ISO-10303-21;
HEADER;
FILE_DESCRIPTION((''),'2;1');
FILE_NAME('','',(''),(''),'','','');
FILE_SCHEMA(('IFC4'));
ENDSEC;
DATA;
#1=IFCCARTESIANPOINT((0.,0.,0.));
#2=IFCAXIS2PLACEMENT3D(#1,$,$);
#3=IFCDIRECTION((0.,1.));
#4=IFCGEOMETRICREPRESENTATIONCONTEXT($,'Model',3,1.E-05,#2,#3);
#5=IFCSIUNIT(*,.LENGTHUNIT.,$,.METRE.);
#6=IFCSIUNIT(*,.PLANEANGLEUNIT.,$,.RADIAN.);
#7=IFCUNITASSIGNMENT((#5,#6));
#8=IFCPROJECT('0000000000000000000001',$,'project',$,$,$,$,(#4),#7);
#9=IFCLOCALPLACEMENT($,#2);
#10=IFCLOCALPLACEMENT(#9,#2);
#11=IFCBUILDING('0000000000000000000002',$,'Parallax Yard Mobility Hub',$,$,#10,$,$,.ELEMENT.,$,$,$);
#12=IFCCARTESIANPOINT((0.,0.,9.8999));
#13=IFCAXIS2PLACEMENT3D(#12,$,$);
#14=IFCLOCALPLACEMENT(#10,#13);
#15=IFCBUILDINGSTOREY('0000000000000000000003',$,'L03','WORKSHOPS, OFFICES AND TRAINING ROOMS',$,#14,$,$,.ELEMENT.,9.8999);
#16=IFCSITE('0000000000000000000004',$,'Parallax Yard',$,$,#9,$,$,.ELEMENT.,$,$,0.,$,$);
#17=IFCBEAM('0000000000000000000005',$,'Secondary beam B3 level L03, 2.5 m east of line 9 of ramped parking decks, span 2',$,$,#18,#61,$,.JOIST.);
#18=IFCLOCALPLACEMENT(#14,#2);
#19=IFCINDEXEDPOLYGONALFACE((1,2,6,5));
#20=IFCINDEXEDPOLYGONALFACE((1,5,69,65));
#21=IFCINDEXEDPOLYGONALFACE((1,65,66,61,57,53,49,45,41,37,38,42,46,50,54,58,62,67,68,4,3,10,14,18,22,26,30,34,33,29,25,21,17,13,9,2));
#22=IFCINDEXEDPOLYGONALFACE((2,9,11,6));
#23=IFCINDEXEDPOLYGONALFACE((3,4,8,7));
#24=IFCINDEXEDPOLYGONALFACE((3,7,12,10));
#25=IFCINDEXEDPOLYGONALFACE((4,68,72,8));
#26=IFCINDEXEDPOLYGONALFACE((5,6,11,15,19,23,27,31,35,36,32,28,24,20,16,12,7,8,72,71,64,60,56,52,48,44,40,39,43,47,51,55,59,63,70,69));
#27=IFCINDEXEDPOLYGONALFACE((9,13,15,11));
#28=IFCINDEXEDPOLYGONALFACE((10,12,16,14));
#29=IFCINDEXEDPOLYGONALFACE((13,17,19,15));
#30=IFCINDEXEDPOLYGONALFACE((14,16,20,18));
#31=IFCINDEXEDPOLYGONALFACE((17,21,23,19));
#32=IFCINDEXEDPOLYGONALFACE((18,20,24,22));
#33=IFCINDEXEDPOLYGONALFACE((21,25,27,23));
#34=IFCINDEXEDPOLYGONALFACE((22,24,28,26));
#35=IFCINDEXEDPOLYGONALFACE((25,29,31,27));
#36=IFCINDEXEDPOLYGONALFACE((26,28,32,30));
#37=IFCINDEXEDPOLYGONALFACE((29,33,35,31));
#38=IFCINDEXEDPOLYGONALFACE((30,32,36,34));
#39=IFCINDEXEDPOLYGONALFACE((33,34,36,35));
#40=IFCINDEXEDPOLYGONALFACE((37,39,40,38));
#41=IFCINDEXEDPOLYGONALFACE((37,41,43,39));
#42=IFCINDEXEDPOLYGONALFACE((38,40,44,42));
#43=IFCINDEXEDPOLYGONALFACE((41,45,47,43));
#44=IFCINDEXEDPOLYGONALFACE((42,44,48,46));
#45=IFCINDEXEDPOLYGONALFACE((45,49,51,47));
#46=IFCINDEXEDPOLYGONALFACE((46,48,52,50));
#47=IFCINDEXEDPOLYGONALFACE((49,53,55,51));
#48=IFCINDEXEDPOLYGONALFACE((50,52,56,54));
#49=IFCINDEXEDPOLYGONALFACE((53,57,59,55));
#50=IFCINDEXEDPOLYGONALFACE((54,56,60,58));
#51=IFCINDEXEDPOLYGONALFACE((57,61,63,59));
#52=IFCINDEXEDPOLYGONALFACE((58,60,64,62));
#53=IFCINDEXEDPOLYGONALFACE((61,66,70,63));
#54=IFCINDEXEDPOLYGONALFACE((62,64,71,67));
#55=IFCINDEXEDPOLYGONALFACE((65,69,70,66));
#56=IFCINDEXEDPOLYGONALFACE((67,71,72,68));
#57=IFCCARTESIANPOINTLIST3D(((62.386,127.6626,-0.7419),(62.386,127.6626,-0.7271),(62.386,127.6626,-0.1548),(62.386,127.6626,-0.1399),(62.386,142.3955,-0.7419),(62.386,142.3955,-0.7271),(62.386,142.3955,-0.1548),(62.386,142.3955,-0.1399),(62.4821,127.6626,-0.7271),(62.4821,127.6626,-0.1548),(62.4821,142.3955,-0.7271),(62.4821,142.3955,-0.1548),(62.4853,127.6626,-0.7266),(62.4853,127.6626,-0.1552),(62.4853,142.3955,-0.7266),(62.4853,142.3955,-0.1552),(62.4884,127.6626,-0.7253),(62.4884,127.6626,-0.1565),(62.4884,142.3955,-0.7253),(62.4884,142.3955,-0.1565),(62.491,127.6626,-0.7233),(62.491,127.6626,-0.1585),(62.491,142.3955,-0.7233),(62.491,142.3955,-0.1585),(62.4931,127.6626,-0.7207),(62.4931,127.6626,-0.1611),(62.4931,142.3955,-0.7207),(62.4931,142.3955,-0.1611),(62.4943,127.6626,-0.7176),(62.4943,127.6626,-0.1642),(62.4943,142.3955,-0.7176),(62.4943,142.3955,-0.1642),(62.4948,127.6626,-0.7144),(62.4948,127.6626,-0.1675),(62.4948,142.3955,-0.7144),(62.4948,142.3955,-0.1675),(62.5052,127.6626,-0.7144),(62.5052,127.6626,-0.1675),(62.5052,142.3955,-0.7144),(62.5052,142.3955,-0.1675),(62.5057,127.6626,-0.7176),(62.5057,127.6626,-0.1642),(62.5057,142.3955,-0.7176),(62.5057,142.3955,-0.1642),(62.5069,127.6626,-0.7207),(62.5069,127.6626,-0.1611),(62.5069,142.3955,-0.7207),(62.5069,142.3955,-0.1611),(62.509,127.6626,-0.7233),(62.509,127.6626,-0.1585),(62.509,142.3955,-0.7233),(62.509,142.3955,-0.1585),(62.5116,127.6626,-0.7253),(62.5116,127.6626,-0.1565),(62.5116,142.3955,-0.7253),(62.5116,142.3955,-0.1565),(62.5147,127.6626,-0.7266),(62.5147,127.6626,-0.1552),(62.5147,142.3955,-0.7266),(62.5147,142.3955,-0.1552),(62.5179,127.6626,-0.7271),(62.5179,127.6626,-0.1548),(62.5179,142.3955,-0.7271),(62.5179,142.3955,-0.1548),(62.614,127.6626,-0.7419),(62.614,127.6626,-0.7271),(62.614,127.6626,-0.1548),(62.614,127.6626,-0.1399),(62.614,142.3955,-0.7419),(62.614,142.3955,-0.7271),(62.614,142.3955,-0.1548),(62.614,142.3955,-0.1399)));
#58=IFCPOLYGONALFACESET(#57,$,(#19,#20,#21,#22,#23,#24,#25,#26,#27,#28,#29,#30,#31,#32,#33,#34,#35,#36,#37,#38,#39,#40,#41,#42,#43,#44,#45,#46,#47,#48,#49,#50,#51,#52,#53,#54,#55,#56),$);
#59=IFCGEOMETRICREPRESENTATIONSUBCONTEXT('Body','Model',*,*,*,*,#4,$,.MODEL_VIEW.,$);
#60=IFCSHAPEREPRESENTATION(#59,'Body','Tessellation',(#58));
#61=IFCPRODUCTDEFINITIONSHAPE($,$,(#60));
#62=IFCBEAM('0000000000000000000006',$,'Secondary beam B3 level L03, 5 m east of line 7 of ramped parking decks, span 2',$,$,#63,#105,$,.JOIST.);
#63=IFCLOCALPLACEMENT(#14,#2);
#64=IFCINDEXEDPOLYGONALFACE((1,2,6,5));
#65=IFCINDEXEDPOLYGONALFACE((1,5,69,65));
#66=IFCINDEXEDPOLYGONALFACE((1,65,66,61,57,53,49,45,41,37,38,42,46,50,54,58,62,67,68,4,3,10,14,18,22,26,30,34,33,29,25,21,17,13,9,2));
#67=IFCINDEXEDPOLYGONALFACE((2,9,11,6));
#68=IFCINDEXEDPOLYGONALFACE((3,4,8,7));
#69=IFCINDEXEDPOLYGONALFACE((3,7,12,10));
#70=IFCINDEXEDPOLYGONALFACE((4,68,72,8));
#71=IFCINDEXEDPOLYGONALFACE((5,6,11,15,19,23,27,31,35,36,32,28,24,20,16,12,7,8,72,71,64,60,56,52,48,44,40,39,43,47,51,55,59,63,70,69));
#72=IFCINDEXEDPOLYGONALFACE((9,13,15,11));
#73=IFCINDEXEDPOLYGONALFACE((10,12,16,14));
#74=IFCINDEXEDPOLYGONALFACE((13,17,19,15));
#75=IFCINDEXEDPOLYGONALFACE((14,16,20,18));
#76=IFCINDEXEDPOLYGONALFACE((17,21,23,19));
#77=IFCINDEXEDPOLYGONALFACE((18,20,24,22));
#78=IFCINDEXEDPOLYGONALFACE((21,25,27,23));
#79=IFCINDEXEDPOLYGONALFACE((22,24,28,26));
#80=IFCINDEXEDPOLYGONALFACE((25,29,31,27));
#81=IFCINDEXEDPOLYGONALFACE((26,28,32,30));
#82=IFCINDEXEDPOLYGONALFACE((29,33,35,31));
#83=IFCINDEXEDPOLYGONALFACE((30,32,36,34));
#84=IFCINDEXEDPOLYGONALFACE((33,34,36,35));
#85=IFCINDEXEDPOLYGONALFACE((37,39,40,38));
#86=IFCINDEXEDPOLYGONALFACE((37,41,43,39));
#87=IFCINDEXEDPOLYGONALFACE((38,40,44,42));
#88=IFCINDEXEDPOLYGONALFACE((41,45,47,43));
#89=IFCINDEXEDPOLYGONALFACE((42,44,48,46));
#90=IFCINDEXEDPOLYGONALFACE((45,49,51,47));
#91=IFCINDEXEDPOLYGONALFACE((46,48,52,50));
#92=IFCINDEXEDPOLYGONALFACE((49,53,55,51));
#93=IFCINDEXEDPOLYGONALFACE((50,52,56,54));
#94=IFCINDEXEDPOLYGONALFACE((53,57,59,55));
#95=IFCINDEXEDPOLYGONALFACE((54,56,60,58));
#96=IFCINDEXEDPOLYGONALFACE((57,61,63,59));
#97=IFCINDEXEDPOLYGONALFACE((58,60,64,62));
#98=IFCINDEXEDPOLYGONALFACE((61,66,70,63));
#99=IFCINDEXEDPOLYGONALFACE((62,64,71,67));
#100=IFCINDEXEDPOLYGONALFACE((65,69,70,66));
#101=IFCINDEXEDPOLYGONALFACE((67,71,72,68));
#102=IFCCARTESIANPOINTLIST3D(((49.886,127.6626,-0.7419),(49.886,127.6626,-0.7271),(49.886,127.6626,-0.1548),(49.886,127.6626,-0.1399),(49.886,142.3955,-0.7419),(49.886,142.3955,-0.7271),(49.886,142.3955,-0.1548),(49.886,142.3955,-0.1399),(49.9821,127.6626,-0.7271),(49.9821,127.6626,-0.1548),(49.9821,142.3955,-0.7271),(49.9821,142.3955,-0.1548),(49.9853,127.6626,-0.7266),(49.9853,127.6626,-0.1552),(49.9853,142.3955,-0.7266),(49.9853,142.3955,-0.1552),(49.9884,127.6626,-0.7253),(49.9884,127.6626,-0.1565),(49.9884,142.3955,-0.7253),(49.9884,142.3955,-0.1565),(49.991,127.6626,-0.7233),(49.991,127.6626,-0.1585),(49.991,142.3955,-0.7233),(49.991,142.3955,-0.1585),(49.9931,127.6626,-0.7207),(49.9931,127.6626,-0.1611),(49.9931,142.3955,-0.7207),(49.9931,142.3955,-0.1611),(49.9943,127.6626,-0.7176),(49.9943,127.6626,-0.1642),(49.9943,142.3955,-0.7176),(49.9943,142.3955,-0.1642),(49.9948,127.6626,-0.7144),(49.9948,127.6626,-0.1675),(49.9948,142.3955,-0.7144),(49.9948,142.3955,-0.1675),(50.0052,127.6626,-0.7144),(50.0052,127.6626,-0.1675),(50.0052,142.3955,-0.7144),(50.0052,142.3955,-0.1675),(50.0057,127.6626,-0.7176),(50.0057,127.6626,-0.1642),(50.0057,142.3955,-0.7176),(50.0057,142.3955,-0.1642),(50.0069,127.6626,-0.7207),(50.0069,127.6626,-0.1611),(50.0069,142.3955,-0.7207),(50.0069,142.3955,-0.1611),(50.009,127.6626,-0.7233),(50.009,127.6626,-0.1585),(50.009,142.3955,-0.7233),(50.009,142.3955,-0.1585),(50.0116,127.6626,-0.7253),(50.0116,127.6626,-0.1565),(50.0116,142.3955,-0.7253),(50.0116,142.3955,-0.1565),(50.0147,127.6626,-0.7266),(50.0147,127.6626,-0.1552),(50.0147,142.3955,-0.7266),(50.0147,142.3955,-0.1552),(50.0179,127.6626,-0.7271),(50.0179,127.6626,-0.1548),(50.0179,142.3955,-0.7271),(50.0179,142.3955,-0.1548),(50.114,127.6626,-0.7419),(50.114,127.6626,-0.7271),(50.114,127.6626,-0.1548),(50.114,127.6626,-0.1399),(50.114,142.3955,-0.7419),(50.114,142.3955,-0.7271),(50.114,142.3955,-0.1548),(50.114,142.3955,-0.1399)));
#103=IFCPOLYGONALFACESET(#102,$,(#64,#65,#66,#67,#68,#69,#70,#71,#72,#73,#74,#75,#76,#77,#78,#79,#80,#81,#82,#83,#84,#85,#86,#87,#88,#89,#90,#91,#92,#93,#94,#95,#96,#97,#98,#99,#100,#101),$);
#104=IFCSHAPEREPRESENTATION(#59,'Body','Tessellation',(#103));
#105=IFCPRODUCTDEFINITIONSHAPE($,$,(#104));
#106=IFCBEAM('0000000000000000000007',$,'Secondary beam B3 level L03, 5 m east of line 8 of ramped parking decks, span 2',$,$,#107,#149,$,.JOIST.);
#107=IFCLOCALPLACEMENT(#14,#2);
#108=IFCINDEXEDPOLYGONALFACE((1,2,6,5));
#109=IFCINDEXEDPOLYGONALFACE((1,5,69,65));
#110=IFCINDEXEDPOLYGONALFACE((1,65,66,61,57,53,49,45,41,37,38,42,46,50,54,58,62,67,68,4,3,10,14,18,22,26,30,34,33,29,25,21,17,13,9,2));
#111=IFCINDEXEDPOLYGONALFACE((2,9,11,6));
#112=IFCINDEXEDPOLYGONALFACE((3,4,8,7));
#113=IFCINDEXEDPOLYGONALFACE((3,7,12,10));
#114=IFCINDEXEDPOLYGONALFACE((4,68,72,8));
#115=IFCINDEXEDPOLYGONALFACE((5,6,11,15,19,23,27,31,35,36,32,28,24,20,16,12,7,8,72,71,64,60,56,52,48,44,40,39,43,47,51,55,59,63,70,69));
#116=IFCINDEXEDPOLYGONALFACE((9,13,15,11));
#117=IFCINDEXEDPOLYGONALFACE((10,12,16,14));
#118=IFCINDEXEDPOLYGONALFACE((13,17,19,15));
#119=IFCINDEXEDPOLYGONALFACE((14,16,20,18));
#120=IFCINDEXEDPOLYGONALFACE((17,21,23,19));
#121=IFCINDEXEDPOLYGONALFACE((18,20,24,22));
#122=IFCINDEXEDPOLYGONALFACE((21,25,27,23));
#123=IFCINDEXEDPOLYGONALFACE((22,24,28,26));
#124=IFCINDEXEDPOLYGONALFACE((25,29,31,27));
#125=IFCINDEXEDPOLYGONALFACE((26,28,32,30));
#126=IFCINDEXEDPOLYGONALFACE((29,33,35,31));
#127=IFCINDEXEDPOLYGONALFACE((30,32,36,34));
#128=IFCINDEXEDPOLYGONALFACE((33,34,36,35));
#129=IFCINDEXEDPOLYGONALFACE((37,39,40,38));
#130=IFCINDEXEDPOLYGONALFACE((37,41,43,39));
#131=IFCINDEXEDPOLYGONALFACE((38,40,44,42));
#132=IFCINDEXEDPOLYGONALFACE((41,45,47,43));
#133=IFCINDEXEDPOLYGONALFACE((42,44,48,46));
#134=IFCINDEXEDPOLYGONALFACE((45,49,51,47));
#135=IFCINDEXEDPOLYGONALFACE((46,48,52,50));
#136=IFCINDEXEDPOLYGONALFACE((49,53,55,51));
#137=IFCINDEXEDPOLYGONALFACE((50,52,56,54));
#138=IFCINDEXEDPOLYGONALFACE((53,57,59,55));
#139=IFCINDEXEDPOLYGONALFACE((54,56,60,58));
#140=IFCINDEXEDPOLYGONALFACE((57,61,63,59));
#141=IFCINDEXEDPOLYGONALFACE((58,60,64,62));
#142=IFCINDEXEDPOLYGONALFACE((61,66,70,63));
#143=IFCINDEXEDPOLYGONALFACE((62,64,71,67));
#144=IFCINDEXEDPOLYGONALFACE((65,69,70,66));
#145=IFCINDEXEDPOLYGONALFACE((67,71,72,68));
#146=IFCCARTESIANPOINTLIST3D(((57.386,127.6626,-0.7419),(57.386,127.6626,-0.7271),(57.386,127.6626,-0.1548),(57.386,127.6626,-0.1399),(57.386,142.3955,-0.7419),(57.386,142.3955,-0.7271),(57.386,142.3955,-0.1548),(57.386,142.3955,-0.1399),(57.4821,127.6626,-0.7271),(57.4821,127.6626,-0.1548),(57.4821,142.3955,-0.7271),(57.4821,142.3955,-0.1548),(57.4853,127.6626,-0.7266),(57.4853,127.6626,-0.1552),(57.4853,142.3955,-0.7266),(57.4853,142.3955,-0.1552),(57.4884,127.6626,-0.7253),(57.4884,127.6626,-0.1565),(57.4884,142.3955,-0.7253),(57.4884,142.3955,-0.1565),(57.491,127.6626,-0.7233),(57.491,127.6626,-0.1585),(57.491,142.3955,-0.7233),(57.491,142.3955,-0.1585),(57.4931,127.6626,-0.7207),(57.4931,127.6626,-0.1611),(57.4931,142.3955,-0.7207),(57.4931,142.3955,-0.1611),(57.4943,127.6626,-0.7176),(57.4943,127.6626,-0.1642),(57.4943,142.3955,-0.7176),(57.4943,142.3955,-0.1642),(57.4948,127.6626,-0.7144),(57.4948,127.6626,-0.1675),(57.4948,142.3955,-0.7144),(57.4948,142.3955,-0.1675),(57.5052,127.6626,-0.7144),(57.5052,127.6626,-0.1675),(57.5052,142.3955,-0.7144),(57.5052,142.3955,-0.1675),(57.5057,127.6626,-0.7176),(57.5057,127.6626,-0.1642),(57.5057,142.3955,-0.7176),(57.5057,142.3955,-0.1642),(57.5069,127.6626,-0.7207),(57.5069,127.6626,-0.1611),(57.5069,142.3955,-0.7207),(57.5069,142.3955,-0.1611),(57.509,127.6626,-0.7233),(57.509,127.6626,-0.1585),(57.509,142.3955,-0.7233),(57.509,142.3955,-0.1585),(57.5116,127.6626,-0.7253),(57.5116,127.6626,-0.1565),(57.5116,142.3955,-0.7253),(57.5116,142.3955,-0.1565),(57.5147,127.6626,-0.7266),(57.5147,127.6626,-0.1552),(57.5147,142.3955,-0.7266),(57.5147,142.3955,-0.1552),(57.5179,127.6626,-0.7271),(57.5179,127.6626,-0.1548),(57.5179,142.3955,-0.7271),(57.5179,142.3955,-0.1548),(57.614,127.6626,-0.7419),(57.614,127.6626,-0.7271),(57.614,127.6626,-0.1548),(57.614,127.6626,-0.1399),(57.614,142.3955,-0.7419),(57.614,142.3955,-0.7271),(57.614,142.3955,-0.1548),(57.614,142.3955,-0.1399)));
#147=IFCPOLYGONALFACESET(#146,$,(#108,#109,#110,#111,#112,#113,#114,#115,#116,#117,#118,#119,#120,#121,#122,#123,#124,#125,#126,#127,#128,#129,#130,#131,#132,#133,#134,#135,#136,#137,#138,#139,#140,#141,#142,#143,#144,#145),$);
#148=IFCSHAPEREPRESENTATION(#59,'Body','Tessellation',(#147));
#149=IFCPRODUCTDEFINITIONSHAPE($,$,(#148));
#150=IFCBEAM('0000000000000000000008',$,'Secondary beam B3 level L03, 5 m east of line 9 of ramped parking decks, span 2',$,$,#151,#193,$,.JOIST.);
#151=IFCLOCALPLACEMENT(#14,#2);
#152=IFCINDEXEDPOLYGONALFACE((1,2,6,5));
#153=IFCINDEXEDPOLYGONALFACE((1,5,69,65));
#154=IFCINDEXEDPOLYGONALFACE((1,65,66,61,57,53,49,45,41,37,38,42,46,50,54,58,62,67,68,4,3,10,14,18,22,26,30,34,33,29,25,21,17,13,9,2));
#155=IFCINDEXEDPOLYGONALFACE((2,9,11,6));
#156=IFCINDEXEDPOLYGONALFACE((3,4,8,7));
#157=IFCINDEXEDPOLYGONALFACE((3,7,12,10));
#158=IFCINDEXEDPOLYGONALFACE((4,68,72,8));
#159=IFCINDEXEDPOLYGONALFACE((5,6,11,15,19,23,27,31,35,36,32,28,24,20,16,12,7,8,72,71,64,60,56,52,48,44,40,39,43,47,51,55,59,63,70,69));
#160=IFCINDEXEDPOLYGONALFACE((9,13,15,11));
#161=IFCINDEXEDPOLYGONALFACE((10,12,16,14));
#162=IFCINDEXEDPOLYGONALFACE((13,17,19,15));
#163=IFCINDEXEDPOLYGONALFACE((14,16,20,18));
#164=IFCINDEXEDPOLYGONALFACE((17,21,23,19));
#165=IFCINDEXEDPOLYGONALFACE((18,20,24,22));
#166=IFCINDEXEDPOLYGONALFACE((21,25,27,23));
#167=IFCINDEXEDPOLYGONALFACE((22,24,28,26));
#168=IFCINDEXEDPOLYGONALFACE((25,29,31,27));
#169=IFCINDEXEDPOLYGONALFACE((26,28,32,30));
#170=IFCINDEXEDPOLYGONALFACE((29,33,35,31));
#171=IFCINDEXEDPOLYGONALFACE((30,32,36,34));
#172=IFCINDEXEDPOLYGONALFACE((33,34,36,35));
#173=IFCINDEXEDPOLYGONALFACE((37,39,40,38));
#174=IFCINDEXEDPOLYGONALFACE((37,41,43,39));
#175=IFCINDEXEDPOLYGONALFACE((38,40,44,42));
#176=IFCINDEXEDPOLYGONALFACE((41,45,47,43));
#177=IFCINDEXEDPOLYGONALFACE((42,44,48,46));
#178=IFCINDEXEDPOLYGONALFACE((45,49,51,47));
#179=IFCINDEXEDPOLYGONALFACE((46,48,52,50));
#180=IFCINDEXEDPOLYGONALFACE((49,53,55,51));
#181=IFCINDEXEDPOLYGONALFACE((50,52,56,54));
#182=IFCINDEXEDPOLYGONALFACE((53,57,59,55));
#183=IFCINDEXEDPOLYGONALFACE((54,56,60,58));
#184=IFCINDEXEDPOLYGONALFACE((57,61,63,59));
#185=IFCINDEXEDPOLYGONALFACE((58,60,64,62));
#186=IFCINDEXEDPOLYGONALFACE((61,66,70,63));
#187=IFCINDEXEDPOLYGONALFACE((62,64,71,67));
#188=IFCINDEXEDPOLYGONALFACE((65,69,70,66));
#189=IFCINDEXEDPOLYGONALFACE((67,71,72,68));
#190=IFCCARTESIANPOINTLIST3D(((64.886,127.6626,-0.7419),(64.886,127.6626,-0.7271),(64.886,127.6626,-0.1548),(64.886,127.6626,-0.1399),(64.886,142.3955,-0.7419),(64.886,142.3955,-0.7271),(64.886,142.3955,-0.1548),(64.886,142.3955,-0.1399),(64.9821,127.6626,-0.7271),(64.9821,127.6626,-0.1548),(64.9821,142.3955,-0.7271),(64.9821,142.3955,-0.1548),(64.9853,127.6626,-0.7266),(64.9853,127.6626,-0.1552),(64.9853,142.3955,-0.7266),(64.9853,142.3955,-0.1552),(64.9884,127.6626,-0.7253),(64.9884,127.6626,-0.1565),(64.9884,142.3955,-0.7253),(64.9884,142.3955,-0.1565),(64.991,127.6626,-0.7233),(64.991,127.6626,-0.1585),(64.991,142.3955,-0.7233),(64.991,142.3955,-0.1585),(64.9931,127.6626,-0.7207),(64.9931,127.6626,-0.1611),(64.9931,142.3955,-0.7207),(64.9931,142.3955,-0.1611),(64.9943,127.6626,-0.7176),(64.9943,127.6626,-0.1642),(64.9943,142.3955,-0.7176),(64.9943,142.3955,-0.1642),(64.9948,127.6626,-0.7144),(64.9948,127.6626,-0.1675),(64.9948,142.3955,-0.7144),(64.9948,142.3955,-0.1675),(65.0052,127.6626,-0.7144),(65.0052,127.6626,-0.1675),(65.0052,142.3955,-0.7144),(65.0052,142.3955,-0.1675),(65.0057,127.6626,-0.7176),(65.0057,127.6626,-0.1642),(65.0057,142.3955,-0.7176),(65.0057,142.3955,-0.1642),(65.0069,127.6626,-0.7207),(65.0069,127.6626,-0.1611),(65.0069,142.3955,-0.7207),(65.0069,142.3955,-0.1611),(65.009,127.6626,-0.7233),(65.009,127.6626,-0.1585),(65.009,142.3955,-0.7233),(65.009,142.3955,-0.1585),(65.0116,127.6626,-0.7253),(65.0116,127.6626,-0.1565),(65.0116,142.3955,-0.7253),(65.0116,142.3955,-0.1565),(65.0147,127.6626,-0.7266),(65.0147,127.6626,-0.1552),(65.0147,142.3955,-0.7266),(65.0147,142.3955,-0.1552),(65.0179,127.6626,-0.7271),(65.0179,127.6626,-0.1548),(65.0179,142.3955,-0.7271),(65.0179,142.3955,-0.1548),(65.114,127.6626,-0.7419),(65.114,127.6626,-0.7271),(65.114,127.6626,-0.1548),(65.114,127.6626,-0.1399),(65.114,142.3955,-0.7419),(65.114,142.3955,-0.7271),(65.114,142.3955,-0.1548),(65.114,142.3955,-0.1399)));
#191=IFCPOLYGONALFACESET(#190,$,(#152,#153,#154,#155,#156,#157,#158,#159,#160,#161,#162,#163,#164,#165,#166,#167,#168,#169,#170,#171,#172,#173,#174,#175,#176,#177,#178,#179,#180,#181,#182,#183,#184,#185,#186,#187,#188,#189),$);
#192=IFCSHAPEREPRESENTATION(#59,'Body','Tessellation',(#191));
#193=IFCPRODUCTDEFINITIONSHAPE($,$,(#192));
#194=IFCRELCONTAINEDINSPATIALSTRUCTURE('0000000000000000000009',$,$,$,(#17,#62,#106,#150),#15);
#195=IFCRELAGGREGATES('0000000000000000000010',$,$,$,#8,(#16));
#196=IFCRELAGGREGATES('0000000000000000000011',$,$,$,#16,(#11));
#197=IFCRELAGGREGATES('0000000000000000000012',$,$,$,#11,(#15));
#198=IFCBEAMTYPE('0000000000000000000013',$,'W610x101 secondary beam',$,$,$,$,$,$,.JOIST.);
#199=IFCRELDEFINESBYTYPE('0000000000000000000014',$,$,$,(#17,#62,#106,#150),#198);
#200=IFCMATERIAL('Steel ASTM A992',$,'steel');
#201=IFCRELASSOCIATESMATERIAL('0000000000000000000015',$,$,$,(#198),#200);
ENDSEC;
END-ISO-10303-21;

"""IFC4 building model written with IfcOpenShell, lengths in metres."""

from ifc_helpers import new_model, si_unit, direction, frame, origin, origin_2d, place, context, subcontext, project, spatial, i_section, extrude, material, material_profile, profile_set, type_object, element, save


model = new_model("IFC4")

# Units and contexts
model_context = context("Model", 3, precision=1e-05, world=origin(), true_north=direction((0.0, 1.0)))
body_context = subcontext(model_context, "Body", "Model", "MODEL_VIEW")
ifc_project = project(units=[si_unit("LENGTHUNIT", "METRE"), si_unit("PLANEANGLEUNIT", "RADIAN")], contexts=[model_context])

# Site, building, storey
site_placement = place(None, origin())
site = spatial("IfcSite", under=ifc_project, at=site_placement, Name="Parallax Yard", CompositionType="ELEMENT", RefElevation=0.0)
building_placement = place(site_placement, origin())
building = spatial("IfcBuilding", under=site, at=building_placement, Name="Parallax Yard Mobility Hub", CompositionType="ELEMENT")
storey_placement = place(building_placement, frame((0.0, 0.0, 9.8999)))
storey = spatial("IfcBuildingStorey", under=building, at=storey_placement, Name="L03", Description="WORKSHOPS, OFFICES AND TRAINING ROOMS", CompositionType="ELEMENT", Elevation=9.8999)

# Shared definitions
ifc_material_1 = material(Name="Steel ASTM A992", Category="steel")

# Beams
ifc_material_profile_1 = material_profile(ifc_material_1, i_section(OverallWidth=0.228, OverallDepth=0.6021, WebThickness=0.0105, FlangeThickness=0.0149, FilletRadius=0.0127, at=origin_2d()), Name="W610x101")
ifc_profile_set_1 = profile_set([ifc_material_profile_1], Name="Steel ASTM A992")
beam_type_1 = type_object("IfcBeamType", Name="W610x101 secondary beam", PredefinedType="JOIST", material=ifc_profile_set_1)
for number, where, z_axis, x_axis, name in (
    (1, (62.5, 127.6626, -0.4409), (0.0, 1.0, 0.0), (-1.0, 0.0, 0.0), "Secondary beam B3 level L03, 2.5 m east of line 9 of ramped parking decks, span 2"),
    (2, (50.0, 127.6626, -0.4409), (0.0, 1.0, 0.0), (-1.0, 0.0, 0.0), "Secondary beam B3 level L03, 5 m east of line 7 of ramped parking decks, span 2"),
    (3, (57.5, 127.6626, -0.4409), (0.0, 1.0, 0.0), (-1.0, 0.0, 0.0), "Secondary beam B3 level L03, 5 m east of line 8 of ramped parking decks, span 2"),
    (4, (65.0, 127.6626, -0.4409), (0.0, 1.0, 0.0), (-1.0, 0.0, 0.0), "Secondary beam B3 level L03, 5 m east of line 9 of ramped parking decks, span 2"),
):
    element("IfcBeam", number, at=place(storey_placement, frame(where, z_axis=z_axis, x_axis=x_axis)), inside=storey, type_object=beam_type_1, Name=name, PredefinedType="JOIST", context=body_context, shape_type="SweptSolid", body=[
        extrude(i_section(OverallWidth=0.228, OverallDepth=0.6021, WebThickness=0.0105, FlangeThickness=0.0149, FilletRadius=0.0127, at=origin_2d()), origin(), (0.0, 0.0, 1.0), 14.7329),
    ])

save(model, "model.ifc")
